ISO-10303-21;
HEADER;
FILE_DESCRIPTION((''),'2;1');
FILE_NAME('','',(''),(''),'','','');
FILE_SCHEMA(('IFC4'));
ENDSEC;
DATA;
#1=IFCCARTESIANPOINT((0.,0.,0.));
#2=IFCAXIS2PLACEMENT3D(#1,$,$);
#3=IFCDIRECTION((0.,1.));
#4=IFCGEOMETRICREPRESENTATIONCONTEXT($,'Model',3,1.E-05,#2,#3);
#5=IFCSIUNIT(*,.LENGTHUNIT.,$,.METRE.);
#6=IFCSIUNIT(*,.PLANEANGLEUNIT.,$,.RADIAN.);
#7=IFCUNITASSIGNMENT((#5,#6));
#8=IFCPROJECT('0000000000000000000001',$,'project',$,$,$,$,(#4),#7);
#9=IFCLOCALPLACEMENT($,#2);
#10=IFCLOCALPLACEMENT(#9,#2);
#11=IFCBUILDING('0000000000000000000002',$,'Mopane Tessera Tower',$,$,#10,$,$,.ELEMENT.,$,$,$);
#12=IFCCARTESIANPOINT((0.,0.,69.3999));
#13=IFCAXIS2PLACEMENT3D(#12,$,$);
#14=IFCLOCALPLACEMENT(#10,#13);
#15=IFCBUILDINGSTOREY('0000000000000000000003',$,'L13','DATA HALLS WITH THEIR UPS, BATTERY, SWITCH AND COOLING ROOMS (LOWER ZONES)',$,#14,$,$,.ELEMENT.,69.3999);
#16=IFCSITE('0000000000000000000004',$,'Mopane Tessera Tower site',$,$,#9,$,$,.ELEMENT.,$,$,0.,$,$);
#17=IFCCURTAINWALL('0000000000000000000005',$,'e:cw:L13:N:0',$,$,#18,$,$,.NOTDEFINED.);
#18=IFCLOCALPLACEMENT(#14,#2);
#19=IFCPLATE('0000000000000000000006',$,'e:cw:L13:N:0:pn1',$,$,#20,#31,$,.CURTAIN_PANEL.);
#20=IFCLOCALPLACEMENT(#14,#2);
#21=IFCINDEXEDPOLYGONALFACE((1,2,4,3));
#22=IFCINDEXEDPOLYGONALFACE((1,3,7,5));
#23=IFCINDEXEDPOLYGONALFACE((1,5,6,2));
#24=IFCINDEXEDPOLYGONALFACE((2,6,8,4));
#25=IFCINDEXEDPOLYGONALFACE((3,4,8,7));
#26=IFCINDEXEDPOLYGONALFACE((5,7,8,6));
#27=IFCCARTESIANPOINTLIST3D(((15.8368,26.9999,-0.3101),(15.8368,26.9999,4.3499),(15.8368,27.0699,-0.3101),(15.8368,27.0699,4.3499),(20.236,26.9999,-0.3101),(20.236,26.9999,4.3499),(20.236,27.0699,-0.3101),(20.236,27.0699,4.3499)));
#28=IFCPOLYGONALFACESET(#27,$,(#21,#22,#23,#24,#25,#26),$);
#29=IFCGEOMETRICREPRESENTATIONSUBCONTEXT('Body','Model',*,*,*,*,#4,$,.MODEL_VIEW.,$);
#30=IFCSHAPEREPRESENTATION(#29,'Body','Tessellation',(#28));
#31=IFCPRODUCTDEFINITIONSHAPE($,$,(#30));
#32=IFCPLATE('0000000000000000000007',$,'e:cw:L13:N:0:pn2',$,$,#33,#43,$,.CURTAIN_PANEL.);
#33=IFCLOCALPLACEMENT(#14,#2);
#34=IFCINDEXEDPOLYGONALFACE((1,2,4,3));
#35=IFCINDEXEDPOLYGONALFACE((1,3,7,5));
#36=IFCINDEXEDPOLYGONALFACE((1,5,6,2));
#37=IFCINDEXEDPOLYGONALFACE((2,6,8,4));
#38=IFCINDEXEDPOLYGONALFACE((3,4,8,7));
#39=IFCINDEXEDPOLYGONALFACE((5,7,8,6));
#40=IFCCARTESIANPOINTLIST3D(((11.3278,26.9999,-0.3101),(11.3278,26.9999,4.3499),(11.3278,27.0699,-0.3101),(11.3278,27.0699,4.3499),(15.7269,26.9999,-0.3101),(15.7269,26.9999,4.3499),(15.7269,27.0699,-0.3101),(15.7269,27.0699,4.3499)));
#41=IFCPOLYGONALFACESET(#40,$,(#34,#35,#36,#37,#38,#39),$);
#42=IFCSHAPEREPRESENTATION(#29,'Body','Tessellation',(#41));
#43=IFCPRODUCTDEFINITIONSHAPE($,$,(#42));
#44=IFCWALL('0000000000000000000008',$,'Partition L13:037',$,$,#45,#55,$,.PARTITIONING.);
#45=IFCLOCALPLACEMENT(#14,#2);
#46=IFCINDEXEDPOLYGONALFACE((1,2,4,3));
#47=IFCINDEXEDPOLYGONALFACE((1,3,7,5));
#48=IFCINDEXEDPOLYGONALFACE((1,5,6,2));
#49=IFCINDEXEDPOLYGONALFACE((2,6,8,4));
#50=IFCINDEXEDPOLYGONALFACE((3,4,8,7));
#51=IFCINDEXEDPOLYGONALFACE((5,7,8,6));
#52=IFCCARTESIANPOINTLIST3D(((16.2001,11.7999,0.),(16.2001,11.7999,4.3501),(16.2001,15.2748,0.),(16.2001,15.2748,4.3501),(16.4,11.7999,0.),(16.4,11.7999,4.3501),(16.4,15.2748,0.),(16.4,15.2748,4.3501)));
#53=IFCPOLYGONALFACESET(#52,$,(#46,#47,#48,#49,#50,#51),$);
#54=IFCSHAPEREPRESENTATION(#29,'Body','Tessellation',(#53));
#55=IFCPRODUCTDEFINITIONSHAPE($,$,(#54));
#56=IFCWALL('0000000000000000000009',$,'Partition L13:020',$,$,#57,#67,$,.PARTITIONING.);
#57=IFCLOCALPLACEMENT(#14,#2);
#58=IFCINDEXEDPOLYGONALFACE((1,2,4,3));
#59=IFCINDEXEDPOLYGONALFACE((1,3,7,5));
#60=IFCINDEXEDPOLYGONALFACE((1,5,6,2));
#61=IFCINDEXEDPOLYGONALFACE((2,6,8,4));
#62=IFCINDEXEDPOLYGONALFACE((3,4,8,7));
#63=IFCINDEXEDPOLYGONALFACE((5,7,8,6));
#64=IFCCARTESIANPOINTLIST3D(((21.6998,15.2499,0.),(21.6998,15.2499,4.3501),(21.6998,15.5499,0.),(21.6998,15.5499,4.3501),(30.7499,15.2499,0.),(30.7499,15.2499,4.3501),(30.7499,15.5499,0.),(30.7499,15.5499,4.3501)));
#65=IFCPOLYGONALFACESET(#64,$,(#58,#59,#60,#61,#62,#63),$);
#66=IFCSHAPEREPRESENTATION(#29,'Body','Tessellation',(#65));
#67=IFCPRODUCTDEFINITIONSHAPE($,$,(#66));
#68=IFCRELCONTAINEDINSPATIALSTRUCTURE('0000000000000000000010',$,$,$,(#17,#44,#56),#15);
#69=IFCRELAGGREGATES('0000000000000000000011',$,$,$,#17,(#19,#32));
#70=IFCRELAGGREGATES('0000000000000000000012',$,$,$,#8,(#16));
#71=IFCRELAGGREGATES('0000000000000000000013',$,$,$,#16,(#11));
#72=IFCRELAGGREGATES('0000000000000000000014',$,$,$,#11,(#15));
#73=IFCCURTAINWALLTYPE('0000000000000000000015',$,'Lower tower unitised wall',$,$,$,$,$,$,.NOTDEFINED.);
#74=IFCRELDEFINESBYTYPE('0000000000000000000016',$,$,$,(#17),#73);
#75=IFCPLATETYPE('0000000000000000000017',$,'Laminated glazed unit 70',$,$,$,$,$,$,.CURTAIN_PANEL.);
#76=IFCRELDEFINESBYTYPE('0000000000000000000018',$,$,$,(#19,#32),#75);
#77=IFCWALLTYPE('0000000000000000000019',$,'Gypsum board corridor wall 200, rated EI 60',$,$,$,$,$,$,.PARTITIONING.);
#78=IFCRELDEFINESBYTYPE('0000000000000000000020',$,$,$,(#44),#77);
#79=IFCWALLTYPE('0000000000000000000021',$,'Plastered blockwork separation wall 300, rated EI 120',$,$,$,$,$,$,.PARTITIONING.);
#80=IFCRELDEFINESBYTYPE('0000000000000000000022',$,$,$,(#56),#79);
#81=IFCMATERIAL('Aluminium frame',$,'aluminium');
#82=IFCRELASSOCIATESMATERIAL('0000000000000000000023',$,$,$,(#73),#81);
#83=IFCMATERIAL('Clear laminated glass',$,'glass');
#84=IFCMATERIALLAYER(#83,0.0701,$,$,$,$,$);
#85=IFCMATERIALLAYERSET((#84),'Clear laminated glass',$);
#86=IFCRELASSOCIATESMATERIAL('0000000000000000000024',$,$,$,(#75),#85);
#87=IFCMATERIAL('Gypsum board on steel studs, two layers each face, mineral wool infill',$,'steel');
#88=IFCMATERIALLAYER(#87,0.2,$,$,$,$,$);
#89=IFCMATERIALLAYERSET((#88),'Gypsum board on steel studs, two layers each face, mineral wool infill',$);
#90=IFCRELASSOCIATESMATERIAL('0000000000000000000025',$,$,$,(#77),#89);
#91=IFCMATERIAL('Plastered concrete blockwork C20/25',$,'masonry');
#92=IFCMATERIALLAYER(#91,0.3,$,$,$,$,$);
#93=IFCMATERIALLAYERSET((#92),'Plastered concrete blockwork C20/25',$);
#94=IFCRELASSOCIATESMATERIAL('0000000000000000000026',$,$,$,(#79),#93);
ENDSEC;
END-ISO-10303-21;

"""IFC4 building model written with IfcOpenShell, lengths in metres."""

from ifc_helpers import new_model, si_unit, direction, frame, frame_2d, origin, origin_2d, place, context, subcontext, project, spatial, rectangle, extrude, material, layer, layer_set, type_object, element, aggregate, save


model = new_model("IFC4")

# Units and contexts
model_context = context("Model", 3, precision=1e-05, world=origin(), true_north=direction((0.0, 1.0)))
body_context = subcontext(model_context, "Body", "Model", "MODEL_VIEW")
ifc_project = project(units=[si_unit("LENGTHUNIT", "METRE"), si_unit("PLANEANGLEUNIT", "RADIAN")], contexts=[model_context])

# Site, building, storey
site_placement = place(None, origin())
site = spatial("IfcSite", under=ifc_project, at=site_placement, Name="Mopane Tessera Tower site", CompositionType="ELEMENT", RefElevation=0.0)
building_placement = place(site_placement, origin())
building = spatial("IfcBuilding", under=site, at=building_placement, Name="Mopane Tessera Tower", CompositionType="ELEMENT")
storey_placement = place(building_placement, frame((0.0, 0.0, 69.3999)))
storey = spatial("IfcBuildingStorey", under=building, at=storey_placement, Name="L13", Description="DATA HALLS WITH THEIR UPS, BATTERY, SWITCH AND COOLING ROOMS (LOWER ZONES)", CompositionType="ELEMENT", Elevation=69.3999)

# Curtain wall
ifc_material_1 = material(Name="Aluminium frame", Category="aluminium")
curtain_wall_type = type_object("IfcCurtainWallType", Name="Lower tower unitised wall", PredefinedType="NOTDEFINED", material=ifc_material_1)
curtain_wall_1_placement = place(storey_placement, origin())
curtain_wall_1 = element("IfcCurtainWall", 1, at=curtain_wall_1_placement, inside=storey, type_object=curtain_wall_type, Name="e:cw:L13:N:0", PredefinedType="NOTDEFINED")

# Plates
ifc_material_2 = material(Name="Clear laminated glass", Category="glass")
ifc_layer_1 = layer(ifc_material_2, 0.0701)
ifc_layer_set_1 = layer_set([ifc_layer_1], Name="Clear laminated glass")
plate_type = type_object("IfcPlateType", Name="Laminated glazed unit 70", PredefinedType="CURTAIN_PANEL", material=ifc_layer_set_1)
plate_1_placement = place(storey_placement, frame((18.0364, 27.0349, -0.3101), z_axis=(0.0, 0.0, 1.0), x_axis=(-1.0, 0.0, 0.0)))
plate_1 = element("IfcPlate", 2, at=plate_1_placement, type_object=plate_type, Name="e:cw:L13:N:0:pn1", PredefinedType="CURTAIN_PANEL", context=body_context, shape_type="SweptSolid", body=[
    extrude(rectangle(XDim=4.3992, YDim=0.0701, at=origin_2d()), origin(), (0.0, 0.0, 1.0), 4.6599),
])
plate_2_placement = place(storey_placement, frame((13.5273, 27.0349, -0.3101), z_axis=(0.0, 0.0, 1.0), x_axis=(-1.0, 0.0, 0.0)))
plate_2 = element("IfcPlate", 3, at=plate_2_placement, type_object=plate_type, Name="e:cw:L13:N:0:pn2", PredefinedType="CURTAIN_PANEL", context=body_context, shape_type="SweptSolid", body=[
    extrude(rectangle(XDim=4.3992, YDim=0.0701, at=origin_2d()), origin(), (0.0, 0.0, 1.0), 4.6599),
])
aggregate(curtain_wall_1, [plate_1, plate_2])

# Walls
ifc_material_3 = material(Name="Gypsum board on steel studs, two layers each face, mineral wool infill", Category="steel")
ifc_layer_2 = layer(ifc_material_3, 0.2)
ifc_layer_set_2 = layer_set([ifc_layer_2], Name="Gypsum board on steel studs, two layers each face, mineral wool infill")
wall_type_1 = type_object("IfcWallType", Name="Gypsum board corridor wall 200, rated EI 60", PredefinedType="PARTITIONING", material=ifc_layer_set_2)
wall_1_placement = place(storey_placement, frame((16.3, 11.8, 0.0), z_axis=(0.0, 0.0, 1.0), x_axis=(0.0, 1.0, 0.0)))
element("IfcWall", 4, at=wall_1_placement, inside=storey, type_object=wall_type_1, Name="Partition L13:037", PredefinedType="PARTITIONING", context=body_context, shape_type="SweptSolid", body=[
    extrude(rectangle(XDim=3.4749, YDim=0.2, at=frame_2d((1.7373, 0.0))), origin(), (0.0, 0.0, 1.0), 4.3501),
])
ifc_material_4 = material(Name="Plastered concrete blockwork C20/25", Category="masonry")
ifc_layer_3 = layer(ifc_material_4, 0.3)
ifc_layer_set_3 = layer_set([ifc_layer_3], Name="Plastered concrete blockwork C20/25")
wall_type_2 = type_object("IfcWallType", Name="Plastered blockwork separation wall 300, rated EI 120", PredefinedType="PARTITIONING", material=ifc_layer_set_3)
wall_2_placement = place(storey_placement, frame((21.7, 15.3999, 0.0), z_axis=(0.0, 0.0, 1.0), x_axis=(1.0, 0.0, 0.0)))
element("IfcWall", 5, at=wall_2_placement, inside=storey, type_object=wall_type_2, Name="Partition L13:020", PredefinedType="PARTITIONING", context=body_context, shape_type="SweptSolid", body=[
    extrude(rectangle(XDim=9.05, YDim=0.3, at=frame_2d((4.5249, 0.0))), origin(), (0.0, 0.0, 1.0), 4.3501),
])

save(model, "model.ifc")
